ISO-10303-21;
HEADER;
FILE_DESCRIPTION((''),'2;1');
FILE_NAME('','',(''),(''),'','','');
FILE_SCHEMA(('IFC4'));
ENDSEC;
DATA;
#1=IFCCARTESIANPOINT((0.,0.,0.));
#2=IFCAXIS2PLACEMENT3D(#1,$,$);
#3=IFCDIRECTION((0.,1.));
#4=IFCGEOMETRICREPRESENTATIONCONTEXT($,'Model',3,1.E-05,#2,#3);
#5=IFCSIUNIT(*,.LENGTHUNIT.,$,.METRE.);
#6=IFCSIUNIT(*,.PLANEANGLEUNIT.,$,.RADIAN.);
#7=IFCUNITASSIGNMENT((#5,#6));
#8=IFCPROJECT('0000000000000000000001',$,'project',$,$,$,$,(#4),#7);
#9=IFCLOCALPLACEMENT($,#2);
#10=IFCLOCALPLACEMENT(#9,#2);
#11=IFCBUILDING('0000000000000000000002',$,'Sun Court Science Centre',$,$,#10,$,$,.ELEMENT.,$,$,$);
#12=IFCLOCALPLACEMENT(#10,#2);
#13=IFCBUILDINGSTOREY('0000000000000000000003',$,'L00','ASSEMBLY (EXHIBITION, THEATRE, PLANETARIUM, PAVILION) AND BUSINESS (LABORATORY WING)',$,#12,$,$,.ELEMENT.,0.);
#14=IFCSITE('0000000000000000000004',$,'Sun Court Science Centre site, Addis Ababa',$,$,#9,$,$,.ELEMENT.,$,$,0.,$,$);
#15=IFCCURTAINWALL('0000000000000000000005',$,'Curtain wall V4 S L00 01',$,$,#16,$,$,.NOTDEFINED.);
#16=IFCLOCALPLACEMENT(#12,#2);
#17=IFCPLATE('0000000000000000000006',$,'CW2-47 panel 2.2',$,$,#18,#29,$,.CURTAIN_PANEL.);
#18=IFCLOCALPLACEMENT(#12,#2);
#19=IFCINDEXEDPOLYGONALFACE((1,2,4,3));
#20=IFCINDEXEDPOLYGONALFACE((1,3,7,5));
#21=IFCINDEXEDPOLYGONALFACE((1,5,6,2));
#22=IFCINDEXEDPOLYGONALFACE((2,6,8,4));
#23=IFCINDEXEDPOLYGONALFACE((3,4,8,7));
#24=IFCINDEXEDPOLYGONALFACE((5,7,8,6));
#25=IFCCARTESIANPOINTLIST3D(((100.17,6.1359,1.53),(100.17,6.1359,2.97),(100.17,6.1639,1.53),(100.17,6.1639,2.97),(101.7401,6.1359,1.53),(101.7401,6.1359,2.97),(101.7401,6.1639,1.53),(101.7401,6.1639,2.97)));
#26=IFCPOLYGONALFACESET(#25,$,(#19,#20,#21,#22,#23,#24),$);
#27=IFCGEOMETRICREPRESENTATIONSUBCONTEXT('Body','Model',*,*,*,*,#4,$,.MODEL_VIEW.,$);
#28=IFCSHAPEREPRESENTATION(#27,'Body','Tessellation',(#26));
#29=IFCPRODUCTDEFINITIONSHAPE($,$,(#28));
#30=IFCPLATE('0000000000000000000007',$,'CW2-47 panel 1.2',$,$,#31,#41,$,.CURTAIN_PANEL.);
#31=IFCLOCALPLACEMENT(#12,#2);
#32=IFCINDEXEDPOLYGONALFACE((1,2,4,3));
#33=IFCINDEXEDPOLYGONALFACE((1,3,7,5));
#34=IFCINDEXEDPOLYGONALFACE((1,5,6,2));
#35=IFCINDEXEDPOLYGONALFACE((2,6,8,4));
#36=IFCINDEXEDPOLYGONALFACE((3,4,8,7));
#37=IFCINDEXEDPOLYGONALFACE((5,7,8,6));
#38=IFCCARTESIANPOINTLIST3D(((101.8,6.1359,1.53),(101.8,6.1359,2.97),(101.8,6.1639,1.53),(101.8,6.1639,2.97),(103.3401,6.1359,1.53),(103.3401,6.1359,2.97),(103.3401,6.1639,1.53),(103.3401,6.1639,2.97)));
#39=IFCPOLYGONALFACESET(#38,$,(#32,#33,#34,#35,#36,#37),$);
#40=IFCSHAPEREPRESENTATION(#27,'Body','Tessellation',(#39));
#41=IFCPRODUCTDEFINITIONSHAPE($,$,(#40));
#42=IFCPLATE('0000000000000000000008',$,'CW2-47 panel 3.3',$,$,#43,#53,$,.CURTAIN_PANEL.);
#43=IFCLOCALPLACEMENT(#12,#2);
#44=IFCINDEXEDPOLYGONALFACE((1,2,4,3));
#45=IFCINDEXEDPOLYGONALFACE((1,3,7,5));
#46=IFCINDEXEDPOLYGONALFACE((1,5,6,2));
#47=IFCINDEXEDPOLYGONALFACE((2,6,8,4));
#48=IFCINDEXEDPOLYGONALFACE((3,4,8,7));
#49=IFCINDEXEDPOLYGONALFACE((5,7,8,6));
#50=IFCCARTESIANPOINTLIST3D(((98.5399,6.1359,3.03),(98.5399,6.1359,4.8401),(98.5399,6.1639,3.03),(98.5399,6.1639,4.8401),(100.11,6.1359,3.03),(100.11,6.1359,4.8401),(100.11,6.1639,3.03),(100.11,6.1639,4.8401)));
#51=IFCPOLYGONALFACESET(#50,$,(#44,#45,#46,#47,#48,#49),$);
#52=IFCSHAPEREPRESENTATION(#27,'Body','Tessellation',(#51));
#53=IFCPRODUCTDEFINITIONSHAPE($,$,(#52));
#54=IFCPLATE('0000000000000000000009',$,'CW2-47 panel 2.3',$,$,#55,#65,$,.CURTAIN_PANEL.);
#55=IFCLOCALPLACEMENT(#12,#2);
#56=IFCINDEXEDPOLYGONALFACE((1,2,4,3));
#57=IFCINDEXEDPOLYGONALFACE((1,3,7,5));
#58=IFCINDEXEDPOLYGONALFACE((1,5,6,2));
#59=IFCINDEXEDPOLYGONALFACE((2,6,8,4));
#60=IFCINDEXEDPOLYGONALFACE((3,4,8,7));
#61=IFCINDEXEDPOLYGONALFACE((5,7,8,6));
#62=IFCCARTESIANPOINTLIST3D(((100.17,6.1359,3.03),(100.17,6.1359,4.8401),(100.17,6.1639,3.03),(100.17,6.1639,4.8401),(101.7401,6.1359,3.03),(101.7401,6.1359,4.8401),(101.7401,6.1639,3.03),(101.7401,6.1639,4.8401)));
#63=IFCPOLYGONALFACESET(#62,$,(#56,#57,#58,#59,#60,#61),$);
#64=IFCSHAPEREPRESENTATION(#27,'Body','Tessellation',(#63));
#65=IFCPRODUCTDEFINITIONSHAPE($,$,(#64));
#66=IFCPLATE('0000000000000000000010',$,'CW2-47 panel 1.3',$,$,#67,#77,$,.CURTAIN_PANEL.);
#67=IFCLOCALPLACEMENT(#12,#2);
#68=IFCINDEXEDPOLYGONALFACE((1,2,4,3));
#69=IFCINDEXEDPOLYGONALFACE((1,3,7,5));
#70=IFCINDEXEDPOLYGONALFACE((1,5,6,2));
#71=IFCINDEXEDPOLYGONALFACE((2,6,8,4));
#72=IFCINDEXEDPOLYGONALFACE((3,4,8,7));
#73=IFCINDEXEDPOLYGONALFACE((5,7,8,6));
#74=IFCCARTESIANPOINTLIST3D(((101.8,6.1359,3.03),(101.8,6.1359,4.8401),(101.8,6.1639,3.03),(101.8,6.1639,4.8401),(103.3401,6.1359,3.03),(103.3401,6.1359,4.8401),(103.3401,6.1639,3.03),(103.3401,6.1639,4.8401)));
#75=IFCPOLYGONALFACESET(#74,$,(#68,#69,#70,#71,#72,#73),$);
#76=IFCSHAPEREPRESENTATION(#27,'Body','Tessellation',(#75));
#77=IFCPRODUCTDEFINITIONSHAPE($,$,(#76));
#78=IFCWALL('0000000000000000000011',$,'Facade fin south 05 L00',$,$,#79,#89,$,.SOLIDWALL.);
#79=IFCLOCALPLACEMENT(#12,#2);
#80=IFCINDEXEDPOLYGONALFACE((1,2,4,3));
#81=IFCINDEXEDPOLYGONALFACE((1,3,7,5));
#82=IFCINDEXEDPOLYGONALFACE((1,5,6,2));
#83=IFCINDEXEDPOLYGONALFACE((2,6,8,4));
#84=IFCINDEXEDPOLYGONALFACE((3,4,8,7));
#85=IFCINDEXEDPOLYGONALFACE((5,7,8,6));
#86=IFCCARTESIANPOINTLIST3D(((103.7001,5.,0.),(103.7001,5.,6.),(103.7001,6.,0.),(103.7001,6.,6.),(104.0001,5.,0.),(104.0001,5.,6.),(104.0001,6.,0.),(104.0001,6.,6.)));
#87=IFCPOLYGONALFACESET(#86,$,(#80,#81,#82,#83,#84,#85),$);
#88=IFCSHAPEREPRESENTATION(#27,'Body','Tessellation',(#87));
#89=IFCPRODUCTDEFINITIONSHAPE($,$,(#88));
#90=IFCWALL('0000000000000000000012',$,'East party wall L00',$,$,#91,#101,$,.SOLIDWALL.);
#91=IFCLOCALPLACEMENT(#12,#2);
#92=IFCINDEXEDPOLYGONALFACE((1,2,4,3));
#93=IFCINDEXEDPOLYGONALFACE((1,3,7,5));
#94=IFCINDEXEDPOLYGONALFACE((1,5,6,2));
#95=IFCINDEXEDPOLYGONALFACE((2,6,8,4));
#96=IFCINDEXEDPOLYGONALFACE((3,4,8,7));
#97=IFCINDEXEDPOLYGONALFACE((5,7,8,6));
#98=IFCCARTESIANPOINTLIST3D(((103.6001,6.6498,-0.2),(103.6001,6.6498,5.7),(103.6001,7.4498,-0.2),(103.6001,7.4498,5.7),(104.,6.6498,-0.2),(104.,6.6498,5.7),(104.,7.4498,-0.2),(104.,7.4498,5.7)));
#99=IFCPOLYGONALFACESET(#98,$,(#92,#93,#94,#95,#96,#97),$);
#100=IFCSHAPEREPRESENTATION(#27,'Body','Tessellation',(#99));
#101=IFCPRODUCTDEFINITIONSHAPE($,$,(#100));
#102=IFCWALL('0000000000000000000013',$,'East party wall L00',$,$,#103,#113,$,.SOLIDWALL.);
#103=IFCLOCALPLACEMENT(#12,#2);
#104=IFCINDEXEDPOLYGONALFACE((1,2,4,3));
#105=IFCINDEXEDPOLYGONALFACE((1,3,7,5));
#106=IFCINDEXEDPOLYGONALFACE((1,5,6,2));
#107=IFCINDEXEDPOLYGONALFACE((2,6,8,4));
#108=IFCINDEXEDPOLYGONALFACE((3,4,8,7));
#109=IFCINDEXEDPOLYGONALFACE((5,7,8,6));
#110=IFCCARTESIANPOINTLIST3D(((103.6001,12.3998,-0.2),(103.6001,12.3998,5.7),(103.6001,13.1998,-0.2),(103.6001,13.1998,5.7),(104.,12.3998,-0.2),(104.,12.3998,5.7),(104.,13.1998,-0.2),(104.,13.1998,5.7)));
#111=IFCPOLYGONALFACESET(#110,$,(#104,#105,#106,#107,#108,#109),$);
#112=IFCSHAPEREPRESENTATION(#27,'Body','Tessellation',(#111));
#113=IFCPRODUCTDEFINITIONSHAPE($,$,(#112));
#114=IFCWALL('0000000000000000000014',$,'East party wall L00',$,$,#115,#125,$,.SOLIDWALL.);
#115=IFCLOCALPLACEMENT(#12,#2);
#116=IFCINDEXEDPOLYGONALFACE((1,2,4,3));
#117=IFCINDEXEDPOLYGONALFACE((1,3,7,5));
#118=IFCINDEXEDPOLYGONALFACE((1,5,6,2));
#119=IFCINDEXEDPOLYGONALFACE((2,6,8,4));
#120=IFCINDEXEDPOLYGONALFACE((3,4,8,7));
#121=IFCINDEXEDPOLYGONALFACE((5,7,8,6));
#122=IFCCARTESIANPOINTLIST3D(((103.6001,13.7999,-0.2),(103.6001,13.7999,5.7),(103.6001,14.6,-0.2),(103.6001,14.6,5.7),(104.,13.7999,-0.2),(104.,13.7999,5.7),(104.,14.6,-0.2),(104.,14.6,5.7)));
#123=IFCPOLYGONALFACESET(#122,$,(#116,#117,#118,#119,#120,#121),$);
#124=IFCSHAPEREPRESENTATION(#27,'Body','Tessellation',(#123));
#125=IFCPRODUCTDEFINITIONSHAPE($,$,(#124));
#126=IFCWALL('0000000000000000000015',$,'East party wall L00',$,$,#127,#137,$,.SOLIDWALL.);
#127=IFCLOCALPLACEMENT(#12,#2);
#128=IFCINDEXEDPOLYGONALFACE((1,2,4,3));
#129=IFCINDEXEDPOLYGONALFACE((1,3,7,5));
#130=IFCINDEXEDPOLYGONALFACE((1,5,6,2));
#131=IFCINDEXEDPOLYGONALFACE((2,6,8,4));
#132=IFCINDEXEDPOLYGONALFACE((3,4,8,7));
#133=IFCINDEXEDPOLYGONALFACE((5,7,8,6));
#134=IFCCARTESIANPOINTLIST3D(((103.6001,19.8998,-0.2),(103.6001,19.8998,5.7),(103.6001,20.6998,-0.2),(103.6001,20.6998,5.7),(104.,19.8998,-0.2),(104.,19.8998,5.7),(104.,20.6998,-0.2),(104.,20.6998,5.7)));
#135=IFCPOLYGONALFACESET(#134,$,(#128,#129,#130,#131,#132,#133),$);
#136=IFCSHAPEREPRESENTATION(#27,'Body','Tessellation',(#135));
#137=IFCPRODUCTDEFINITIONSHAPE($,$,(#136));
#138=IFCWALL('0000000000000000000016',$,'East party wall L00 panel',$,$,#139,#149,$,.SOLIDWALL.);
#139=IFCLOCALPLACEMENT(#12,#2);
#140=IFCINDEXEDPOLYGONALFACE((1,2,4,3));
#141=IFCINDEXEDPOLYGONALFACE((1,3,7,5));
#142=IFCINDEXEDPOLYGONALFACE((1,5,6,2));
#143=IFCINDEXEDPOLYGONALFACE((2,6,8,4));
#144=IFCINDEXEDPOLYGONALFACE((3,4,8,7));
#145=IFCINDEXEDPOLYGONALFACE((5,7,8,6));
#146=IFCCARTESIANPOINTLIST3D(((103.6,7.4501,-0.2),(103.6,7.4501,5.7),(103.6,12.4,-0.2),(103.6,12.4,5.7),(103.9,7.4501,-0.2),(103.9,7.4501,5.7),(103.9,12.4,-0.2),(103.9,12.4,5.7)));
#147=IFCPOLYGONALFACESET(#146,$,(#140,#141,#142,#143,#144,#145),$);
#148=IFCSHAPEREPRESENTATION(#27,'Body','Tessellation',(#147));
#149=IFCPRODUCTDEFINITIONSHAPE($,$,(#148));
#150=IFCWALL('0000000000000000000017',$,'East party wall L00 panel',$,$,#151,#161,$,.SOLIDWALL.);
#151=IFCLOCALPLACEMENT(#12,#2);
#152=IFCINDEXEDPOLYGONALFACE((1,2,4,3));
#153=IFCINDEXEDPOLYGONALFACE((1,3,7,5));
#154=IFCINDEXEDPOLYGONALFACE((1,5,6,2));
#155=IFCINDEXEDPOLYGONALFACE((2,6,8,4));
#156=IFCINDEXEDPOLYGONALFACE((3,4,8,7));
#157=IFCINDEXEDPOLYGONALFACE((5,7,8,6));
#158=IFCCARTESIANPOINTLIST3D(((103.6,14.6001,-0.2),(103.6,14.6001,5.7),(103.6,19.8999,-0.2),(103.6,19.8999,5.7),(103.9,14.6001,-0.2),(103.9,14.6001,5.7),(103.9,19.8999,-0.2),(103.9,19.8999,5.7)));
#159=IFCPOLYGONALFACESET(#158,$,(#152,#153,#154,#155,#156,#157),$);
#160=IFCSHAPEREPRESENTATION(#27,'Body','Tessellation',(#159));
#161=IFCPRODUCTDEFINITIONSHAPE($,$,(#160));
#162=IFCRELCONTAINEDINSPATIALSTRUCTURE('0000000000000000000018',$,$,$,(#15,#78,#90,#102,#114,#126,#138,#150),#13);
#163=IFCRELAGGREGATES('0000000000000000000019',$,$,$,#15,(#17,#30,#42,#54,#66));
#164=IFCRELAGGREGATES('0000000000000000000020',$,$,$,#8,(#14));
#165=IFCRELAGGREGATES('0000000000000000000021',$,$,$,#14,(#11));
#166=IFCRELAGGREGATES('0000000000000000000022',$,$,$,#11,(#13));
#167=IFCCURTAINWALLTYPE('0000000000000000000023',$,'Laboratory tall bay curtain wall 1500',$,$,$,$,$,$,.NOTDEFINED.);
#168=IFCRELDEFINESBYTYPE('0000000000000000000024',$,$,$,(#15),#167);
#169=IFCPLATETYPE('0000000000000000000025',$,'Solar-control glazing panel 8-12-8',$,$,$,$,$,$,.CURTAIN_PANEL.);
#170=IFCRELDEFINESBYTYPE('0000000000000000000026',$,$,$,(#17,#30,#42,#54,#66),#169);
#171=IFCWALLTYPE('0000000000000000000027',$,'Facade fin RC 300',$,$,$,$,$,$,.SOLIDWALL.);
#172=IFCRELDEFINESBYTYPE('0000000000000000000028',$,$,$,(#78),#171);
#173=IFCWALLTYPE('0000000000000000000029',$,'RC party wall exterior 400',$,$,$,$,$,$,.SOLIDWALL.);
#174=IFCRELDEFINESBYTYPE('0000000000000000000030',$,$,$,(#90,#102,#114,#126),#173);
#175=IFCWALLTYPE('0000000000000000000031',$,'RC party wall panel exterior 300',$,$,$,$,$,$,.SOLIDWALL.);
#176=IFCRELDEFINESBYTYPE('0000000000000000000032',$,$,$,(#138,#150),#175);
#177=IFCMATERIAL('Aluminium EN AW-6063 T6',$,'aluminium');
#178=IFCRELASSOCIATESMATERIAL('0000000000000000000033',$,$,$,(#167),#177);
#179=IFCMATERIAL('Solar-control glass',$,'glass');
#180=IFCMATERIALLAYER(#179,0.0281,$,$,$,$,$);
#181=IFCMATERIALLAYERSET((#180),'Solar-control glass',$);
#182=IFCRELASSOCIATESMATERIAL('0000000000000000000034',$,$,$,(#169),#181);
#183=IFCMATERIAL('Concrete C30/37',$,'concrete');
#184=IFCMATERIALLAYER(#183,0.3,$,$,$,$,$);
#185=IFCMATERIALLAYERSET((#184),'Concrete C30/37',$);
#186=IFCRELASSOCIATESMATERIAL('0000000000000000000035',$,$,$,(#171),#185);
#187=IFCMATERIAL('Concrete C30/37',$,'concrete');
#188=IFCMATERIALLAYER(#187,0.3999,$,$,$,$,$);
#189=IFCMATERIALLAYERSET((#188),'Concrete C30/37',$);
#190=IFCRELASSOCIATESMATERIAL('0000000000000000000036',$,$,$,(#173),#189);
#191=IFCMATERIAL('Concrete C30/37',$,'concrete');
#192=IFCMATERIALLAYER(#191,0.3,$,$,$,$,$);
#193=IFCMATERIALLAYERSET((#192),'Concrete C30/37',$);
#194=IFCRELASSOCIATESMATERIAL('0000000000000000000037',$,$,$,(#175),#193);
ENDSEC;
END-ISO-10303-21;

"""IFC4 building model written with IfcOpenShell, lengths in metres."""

from ifc_helpers import new_model, si_unit, direction, frame, frame_2d, origin, origin_2d, place, context, subcontext, project, spatial, rectangle, extrude, material, layer, layer_set, type_object, element, aggregate, save


model = new_model("IFC4")

# Units and contexts
model_context = context("Model", 3, precision=1e-05, world=origin(), true_north=direction((0.0, 1.0)))
body_context = subcontext(model_context, "Body", "Model", "MODEL_VIEW")
ifc_project = project(units=[si_unit("LENGTHUNIT", "METRE"), si_unit("PLANEANGLEUNIT", "RADIAN")], contexts=[model_context])

# Site, building, storey
site_placement = place(None, origin())
site = spatial("IfcSite", under=ifc_project, at=site_placement, Name="Sun Court Science Centre site, Addis Ababa", CompositionType="ELEMENT", RefElevation=0.0)
building_placement = place(site_placement, origin())
building = spatial("IfcBuilding", under=site, at=building_placement, Name="Sun Court Science Centre", CompositionType="ELEMENT")
storey_placement = place(building_placement, origin())
storey = spatial("IfcBuildingStorey", under=building, at=storey_placement, Name="L00", Description="ASSEMBLY (EXHIBITION, THEATRE, PLANETARIUM, PAVILION) AND BUSINESS (LABORATORY WING)", CompositionType="ELEMENT", Elevation=0.0)

# Curtain wall, plates
ifc_material_1 = material(Name="Aluminium EN AW-6063 T6", Category="aluminium")
curtain_wall_type = type_object("IfcCurtainWallType", Name="Laboratory tall bay curtain wall 1500", PredefinedType="NOTDEFINED", material=ifc_material_1)
curtain_wall_placement = place(storey_placement, origin())
curtain_wall = element("IfcCurtainWall", 1, at=curtain_wall_placement, inside=storey, type_object=curtain_wall_type, Name="Curtain wall V4 S L00 01", PredefinedType="NOTDEFINED")
ifc_material_2 = material(Name="Solar-control glass", Category="glass")
ifc_layer_1 = layer(ifc_material_2, 0.0281)
ifc_layer_set_1 = layer_set([ifc_layer_1], Name="Solar-control glass")
plate_type = type_object("IfcPlateType", Name="Solar-control glazing panel 8-12-8", PredefinedType="CURTAIN_PANEL", material=ifc_layer_set_1)
plate_1_placement = place(storey_placement, frame((100.9551, 6.1499, 1.53), z_axis=(0.0, 0.0, 1.0), x_axis=(-1.0, 0.0, 0.0)))
plate_1 = element("IfcPlate", 2, at=plate_1_placement, type_object=plate_type, Name="CW2-47 panel 2.2", PredefinedType="CURTAIN_PANEL", context=body_context, shape_type="SweptSolid", body=[
    extrude(rectangle(XDim=1.5701, YDim=0.0281, at=origin_2d()), origin(), (0.0, 0.0, 1.0), 1.4399),
])
plate_2_placement = place(storey_placement, frame((102.5701, 6.1499, 1.53), z_axis=(0.0, 0.0, 1.0), x_axis=(-1.0, 0.0, 0.0)))
plate_2 = element("IfcPlate", 3, at=plate_2_placement, type_object=plate_type, Name="CW2-47 panel 1.2", PredefinedType="CURTAIN_PANEL", context=body_context, shape_type="SweptSolid", body=[
    extrude(rectangle(XDim=1.54, YDim=0.0281, at=origin_2d()), origin(), (0.0, 0.0, 1.0), 1.4399),
])
plate_3_placement = place(storey_placement, frame((99.325, 6.1499, 3.03), z_axis=(0.0, 0.0, 1.0), x_axis=(-1.0, 0.0, 0.0)))
plate_3 = element("IfcPlate", 4, at=plate_3_placement, type_object=plate_type, Name="CW2-47 panel 3.3", PredefinedType="CURTAIN_PANEL", context=body_context, shape_type="SweptSolid", body=[
    extrude(rectangle(XDim=1.5701, YDim=0.0281, at=origin_2d()), origin(), (0.0, 0.0, 1.0), 1.8101),
])
plate_4_placement = place(storey_placement, frame((100.9551, 6.1499, 3.03), z_axis=(0.0, 0.0, 1.0), x_axis=(-1.0, 0.0, 0.0)))
plate_4 = element("IfcPlate", 5, at=plate_4_placement, type_object=plate_type, Name="CW2-47 panel 2.3", PredefinedType="CURTAIN_PANEL", context=body_context, shape_type="SweptSolid", body=[
    extrude(rectangle(XDim=1.5701, YDim=0.0281, at=origin_2d()), origin(), (0.0, 0.0, 1.0), 1.8101),
])
plate_5_placement = place(storey_placement, frame((102.5701, 6.1499, 3.03), z_axis=(0.0, 0.0, 1.0), x_axis=(-1.0, 0.0, 0.0)))
plate_5 = element("IfcPlate", 6, at=plate_5_placement, type_object=plate_type, Name="CW2-47 panel 1.3", PredefinedType="CURTAIN_PANEL", context=body_context, shape_type="SweptSolid", body=[
    extrude(rectangle(XDim=1.54, YDim=0.0281, at=origin_2d()), origin(), (0.0, 0.0, 1.0), 1.8101),
])
aggregate(curtain_wall, [plate_1, plate_2, plate_3, plate_4, plate_5])

# Walls
ifc_material_3 = material(Name="Concrete C30/37", Category="concrete")
ifc_layer_2 = layer(ifc_material_3, 0.3)
ifc_layer_set_2 = layer_set([ifc_layer_2], Name="Concrete C30/37")
wall_type_1 = type_object("IfcWallType", Name="Facade fin RC 300", PredefinedType="SOLIDWALL", material=ifc_layer_set_2)
wall_1_placement = place(storey_placement, frame((103.8501, 6.0, 0.0), z_axis=(0.0, 0.0, 1.0), x_axis=(0.0, -1.0, 0.0)))
element("IfcWall", 7, at=wall_1_placement, inside=storey, type_object=wall_type_1, Name="Facade fin south 05 L00", PredefinedType="SOLIDWALL", context=body_context, shape_type="SweptSolid", body=[
    extrude(rectangle(XDim=1.0, YDim=0.3, at=frame_2d((0.5, 0.0))), origin(), (0.0, 0.0, 1.0), 6.0),
])
ifc_material_4 = material(Name="Concrete C30/37", Category="concrete")
ifc_layer_3 = layer(ifc_material_4, 0.3999)
ifc_layer_set_3 = layer_set([ifc_layer_3], Name="Concrete C30/37")
wall_type_2 = type_object("IfcWallType", Name="RC party wall exterior 400", PredefinedType="SOLIDWALL", material=ifc_layer_set_3)
for number, where, z_axis, x_axis, name in (
    (8, (103.8, 6.6499, -0.2), (0.0, 0.0, 1.0), (0.0, 1.0, 0.0), "East party wall L00"),
    (9, (103.8, 12.3999, -0.2), (0.0, 0.0, 1.0), (0.0, 1.0, 0.0), "East party wall L00"),
    (10, (103.8, 13.8, -0.2), (0.0, 0.0, 1.0), (0.0, 1.0, 0.0), "East party wall L00"),
    (11, (103.8, 19.8999, -0.2), (0.0, 0.0, 1.0), (0.0, 1.0, 0.0), "East party wall L00"),
):
    element("IfcWall", number, at=place(storey_placement, frame(where, z_axis=z_axis, x_axis=x_axis)), inside=storey, type_object=wall_type_2, Name=name, PredefinedType="SOLIDWALL", context=body_context, shape_type="SweptSolid", body=[
        extrude(rectangle(XDim=0.8, YDim=0.3999, at=frame_2d((0.3999, 0.0))), origin(), (0.0, 0.0, 1.0), 5.8999),
    ])
ifc_material_5 = material(Name="Concrete C30/37", Category="concrete")
ifc_layer_4 = layer(ifc_material_5, 0.3)
ifc_layer_set_4 = layer_set([ifc_layer_4], Name="Concrete C30/37")
wall_type_3 = type_object("IfcWallType", Name="RC party wall panel exterior 300", PredefinedType="SOLIDWALL", material=ifc_layer_set_4)
wall_2_placement = place(storey_placement, frame((103.75, 7.45, -0.2), z_axis=(0.0, 0.0, 1.0), x_axis=(0.0, 1.0, 0.0)))
element("IfcWall", 12, at=wall_2_placement, inside=storey, type_object=wall_type_3, Name="East party wall L00 panel", PredefinedType="SOLIDWALL", context=body_context, shape_type="SweptSolid", body=[
    extrude(rectangle(XDim=4.95, YDim=0.3, at=frame_2d((2.4751, 0.0))), origin(), (0.0, 0.0, 1.0), 5.8999),
])
wall_3_placement = place(storey_placement, frame((103.75, 14.6001, -0.2), z_axis=(0.0, 0.0, 1.0), x_axis=(0.0, 1.0, 0.0)))
element("IfcWall", 13, at=wall_3_placement, inside=storey, type_object=wall_type_3, Name="East party wall L00 panel", PredefinedType="SOLIDWALL", context=body_context, shape_type="SweptSolid", body=[
    extrude(rectangle(XDim=5.2998, YDim=0.3, at=frame_2d((2.6499, 0.0))), origin(), (0.0, 0.0, 1.0), 5.8999),
])

save(model, "model.ifc")
